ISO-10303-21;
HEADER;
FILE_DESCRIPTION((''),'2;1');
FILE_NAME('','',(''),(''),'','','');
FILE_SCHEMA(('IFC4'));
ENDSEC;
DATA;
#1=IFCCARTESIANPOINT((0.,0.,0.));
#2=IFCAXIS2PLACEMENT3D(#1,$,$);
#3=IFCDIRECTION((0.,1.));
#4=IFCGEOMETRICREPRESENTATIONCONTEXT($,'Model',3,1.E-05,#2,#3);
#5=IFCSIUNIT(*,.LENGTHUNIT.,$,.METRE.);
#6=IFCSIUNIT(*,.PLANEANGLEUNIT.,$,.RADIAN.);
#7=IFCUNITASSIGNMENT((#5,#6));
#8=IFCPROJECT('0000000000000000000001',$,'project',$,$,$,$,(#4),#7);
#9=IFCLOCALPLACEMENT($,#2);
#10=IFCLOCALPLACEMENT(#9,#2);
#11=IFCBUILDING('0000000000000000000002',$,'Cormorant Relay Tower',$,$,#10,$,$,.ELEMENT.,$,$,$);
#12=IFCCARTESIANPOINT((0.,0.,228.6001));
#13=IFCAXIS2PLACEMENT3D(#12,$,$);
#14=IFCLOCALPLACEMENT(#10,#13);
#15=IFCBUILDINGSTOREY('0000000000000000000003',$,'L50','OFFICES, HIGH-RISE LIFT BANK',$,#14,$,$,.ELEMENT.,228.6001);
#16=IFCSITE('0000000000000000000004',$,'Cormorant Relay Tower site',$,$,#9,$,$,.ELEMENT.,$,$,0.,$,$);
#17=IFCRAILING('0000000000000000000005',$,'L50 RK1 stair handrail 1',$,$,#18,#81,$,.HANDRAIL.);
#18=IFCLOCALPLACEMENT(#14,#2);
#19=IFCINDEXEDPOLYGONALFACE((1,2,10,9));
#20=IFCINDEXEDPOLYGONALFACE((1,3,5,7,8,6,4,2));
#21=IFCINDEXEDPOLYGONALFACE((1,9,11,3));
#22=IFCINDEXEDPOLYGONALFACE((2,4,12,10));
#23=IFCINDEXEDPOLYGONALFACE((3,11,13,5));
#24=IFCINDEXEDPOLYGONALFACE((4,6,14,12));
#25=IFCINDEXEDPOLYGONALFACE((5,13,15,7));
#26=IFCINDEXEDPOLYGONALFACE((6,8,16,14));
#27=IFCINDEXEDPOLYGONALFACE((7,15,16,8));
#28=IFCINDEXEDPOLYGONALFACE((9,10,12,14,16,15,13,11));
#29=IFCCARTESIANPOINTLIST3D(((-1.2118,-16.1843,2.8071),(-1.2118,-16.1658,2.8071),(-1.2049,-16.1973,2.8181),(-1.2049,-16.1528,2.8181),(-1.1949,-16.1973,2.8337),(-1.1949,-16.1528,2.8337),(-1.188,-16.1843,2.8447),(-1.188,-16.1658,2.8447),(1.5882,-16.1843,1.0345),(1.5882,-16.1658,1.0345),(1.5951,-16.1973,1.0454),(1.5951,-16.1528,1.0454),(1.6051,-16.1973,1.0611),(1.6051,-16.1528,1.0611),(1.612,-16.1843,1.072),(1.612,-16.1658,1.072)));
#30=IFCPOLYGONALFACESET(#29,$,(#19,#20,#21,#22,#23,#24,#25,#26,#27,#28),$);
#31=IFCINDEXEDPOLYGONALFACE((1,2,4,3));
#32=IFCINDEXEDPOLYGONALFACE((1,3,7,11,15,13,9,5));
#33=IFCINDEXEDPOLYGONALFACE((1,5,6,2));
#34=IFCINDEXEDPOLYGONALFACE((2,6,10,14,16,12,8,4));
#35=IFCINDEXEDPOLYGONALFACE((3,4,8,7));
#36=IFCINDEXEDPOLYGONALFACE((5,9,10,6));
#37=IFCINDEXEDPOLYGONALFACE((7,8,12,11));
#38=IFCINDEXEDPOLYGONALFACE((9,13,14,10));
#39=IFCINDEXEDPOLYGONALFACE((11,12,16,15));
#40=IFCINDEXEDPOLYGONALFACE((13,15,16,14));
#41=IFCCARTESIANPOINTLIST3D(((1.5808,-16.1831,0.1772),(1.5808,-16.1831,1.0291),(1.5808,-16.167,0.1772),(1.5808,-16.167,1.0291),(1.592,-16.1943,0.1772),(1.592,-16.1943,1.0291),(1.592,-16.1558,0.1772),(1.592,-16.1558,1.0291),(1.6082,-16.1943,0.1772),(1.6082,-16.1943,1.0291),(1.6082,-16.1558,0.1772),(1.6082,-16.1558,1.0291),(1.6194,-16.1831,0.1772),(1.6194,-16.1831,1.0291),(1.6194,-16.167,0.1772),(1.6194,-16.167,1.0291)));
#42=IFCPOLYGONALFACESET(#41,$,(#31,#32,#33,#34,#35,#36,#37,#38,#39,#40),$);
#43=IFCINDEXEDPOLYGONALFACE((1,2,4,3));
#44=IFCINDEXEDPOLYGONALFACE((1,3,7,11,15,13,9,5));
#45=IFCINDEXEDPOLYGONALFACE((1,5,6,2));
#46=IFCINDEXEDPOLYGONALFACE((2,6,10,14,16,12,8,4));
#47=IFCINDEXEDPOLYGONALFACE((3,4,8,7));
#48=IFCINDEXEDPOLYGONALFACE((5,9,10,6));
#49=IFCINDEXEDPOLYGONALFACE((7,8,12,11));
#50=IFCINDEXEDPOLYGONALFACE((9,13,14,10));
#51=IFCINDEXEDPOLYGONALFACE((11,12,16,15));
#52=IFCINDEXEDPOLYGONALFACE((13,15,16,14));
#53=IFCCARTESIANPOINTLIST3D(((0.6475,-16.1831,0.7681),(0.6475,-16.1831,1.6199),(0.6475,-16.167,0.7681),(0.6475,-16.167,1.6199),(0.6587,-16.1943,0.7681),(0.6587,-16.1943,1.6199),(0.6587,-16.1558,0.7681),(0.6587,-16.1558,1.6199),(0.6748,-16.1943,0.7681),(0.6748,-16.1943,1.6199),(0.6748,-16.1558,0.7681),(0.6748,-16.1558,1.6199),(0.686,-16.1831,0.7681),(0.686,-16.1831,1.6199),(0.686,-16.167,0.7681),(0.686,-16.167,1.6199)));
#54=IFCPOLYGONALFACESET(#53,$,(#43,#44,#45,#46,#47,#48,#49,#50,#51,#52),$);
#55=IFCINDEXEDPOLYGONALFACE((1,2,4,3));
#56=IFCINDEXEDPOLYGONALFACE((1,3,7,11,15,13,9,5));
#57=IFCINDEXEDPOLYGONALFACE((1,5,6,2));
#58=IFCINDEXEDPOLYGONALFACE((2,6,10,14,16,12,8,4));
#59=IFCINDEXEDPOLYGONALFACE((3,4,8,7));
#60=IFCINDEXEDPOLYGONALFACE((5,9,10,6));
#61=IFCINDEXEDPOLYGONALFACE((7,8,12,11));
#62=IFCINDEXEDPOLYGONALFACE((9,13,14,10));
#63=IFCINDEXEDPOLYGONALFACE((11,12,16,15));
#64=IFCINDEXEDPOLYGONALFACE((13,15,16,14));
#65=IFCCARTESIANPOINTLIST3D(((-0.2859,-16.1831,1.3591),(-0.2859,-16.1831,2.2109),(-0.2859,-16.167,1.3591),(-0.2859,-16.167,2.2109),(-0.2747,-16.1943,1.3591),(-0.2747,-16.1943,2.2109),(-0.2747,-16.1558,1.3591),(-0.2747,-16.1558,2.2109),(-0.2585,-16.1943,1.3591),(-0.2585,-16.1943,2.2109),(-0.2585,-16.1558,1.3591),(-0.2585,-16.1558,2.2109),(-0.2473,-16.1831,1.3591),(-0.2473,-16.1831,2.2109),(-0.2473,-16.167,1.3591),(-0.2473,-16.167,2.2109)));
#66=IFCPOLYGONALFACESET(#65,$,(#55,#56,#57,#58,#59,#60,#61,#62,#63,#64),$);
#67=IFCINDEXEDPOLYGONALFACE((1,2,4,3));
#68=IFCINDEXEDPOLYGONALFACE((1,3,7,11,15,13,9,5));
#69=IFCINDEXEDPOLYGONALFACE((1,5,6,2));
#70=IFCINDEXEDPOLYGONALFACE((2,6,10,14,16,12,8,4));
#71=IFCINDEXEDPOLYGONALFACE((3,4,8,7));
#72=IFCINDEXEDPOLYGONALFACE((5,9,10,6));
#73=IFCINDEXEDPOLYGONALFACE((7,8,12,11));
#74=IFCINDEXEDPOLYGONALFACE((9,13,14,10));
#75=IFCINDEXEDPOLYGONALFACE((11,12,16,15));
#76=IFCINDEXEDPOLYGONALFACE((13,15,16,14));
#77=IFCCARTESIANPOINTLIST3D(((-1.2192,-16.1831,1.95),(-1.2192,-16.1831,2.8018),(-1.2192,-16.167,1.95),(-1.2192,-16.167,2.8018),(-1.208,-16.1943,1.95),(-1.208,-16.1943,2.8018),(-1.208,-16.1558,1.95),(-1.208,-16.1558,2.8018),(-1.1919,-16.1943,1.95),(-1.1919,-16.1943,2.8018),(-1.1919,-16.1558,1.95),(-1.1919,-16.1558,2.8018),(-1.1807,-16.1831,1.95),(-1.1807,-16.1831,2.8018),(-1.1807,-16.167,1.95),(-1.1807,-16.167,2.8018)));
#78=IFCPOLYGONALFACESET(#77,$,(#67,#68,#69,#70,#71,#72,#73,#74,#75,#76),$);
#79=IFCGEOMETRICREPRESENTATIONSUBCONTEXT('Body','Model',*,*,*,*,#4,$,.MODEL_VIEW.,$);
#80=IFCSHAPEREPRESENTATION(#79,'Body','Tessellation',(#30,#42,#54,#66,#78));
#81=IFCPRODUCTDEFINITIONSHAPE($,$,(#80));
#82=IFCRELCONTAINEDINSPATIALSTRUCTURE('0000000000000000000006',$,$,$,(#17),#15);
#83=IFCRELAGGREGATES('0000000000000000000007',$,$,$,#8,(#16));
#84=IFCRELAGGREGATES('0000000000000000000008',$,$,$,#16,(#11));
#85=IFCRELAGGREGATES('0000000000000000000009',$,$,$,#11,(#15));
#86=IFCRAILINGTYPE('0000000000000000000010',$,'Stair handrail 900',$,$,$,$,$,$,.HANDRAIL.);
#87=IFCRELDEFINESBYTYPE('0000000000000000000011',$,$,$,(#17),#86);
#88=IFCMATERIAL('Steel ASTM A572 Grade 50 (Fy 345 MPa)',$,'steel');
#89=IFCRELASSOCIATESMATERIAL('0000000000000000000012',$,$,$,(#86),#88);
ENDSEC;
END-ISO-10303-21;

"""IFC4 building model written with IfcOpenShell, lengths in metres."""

from ifc_helpers import new_model, si_unit, direction, frame, origin, place, context, subcontext, project, spatial, polyline, outline, extrude, material, type_object, element, save


model = new_model("IFC4")

# Units and contexts
model_context = context("Model", 3, precision=1e-05, world=origin(), true_north=direction((0.0, 1.0)))
body_context = subcontext(model_context, "Body", "Model", "MODEL_VIEW")
ifc_project = project(units=[si_unit("LENGTHUNIT", "METRE"), si_unit("PLANEANGLEUNIT", "RADIAN")], contexts=[model_context])

# Site, building, storey
site_placement = place(None, origin())
site = spatial("IfcSite", under=ifc_project, at=site_placement, Name="Cormorant Relay Tower site", CompositionType="ELEMENT", RefElevation=0.0)
building_placement = place(site_placement, origin())
building = spatial("IfcBuilding", under=site, at=building_placement, Name="Cormorant Relay Tower", CompositionType="ELEMENT")
storey_placement = place(building_placement, frame((0.0, 0.0, 228.6001)))
storey = spatial("IfcBuildingStorey", under=building, at=storey_placement, Name="L50", Description="OFFICES, HIGH-RISE LIFT BANK", CompositionType="ELEMENT", Elevation=228.6001)

# Railing
ifc_material_1 = material(Name="Steel ASTM A572 Grade 50 (Fy 345 MPa)", Category="steel")
railing_type = type_object("IfcRailingType", Name="Stair handrail 900", PredefinedType="HANDRAIL", material=ifc_material_1)
railing_placement = place(storey_placement, frame((1.6001, -16.175, 0.1772)))
element("IfcRailing", 1, at=railing_placement, inside=storey, type_object=railing_type, Name="L50 RK1 stair handrail 1", PredefinedType="HANDRAIL", context=body_context, shape_type="SweptSolid", body=[
    extrude(outline(polyline([(0.0222, 0.0093), (0.0093, 0.0222), (-0.0093, 0.0222), (-0.0222, 0.0093), (-0.0222, -0.0093), (-0.0093, -0.0222), (0.0093, -0.0222), (0.0222, -0.0093), (0.0222, 0.0093)])), frame((0.0, 0.0, 0.876), z_axis=(-0.844909, 0.0, 0.53491), x_axis=(0.0, -1.0, 0.0)), (0.0, 0.0, 1.0), 3.314),
    extrude(outline(polyline([(0.0193, 0.0081), (0.0081, 0.0193), (-0.0081, 0.0193), (-0.0193, 0.0081), (-0.0193, -0.0081), (-0.0081, -0.0193), (0.0081, -0.0193), (0.0193, -0.0081), (0.0193, 0.0081)])), origin(), (0.0, 0.0, 1.0), 0.8518),
    extrude(outline(polyline([(0.0193, 0.0081), (0.0081, 0.0193), (-0.0081, 0.0193), (-0.0193, 0.0081), (-0.0193, -0.0081), (-0.0081, -0.0193), (0.0081, -0.0193), (0.0193, -0.0081), (0.0193, 0.0081)])), frame((-0.9333, 0.0, 0.5908)), (0.0, 0.0, 1.0), 0.8518),
    extrude(outline(polyline([(0.0193, 0.0081), (0.0081, 0.0193), (-0.0081, 0.0193), (-0.0193, 0.0081), (-0.0193, -0.0081), (-0.0081, -0.0193), (0.0081, -0.0193), (0.0193, -0.0081), (0.0193, 0.0081)])), frame((-1.8667, 0.0, 1.1819)), (0.0, 0.0, 1.0), 0.8518),
    extrude(outline(polyline([(0.0193, 0.0081), (0.0081, 0.0193), (-0.0081, 0.0193), (-0.0193, 0.0081), (-0.0193, -0.0081), (-0.0081, -0.0193), (0.0081, -0.0193), (0.0193, -0.0081), (0.0193, 0.0081)])), frame((-2.8, 0.0, 1.7727)), (0.0, 0.0, 1.0), 0.8518),
])

save(model, "model.ifc")
